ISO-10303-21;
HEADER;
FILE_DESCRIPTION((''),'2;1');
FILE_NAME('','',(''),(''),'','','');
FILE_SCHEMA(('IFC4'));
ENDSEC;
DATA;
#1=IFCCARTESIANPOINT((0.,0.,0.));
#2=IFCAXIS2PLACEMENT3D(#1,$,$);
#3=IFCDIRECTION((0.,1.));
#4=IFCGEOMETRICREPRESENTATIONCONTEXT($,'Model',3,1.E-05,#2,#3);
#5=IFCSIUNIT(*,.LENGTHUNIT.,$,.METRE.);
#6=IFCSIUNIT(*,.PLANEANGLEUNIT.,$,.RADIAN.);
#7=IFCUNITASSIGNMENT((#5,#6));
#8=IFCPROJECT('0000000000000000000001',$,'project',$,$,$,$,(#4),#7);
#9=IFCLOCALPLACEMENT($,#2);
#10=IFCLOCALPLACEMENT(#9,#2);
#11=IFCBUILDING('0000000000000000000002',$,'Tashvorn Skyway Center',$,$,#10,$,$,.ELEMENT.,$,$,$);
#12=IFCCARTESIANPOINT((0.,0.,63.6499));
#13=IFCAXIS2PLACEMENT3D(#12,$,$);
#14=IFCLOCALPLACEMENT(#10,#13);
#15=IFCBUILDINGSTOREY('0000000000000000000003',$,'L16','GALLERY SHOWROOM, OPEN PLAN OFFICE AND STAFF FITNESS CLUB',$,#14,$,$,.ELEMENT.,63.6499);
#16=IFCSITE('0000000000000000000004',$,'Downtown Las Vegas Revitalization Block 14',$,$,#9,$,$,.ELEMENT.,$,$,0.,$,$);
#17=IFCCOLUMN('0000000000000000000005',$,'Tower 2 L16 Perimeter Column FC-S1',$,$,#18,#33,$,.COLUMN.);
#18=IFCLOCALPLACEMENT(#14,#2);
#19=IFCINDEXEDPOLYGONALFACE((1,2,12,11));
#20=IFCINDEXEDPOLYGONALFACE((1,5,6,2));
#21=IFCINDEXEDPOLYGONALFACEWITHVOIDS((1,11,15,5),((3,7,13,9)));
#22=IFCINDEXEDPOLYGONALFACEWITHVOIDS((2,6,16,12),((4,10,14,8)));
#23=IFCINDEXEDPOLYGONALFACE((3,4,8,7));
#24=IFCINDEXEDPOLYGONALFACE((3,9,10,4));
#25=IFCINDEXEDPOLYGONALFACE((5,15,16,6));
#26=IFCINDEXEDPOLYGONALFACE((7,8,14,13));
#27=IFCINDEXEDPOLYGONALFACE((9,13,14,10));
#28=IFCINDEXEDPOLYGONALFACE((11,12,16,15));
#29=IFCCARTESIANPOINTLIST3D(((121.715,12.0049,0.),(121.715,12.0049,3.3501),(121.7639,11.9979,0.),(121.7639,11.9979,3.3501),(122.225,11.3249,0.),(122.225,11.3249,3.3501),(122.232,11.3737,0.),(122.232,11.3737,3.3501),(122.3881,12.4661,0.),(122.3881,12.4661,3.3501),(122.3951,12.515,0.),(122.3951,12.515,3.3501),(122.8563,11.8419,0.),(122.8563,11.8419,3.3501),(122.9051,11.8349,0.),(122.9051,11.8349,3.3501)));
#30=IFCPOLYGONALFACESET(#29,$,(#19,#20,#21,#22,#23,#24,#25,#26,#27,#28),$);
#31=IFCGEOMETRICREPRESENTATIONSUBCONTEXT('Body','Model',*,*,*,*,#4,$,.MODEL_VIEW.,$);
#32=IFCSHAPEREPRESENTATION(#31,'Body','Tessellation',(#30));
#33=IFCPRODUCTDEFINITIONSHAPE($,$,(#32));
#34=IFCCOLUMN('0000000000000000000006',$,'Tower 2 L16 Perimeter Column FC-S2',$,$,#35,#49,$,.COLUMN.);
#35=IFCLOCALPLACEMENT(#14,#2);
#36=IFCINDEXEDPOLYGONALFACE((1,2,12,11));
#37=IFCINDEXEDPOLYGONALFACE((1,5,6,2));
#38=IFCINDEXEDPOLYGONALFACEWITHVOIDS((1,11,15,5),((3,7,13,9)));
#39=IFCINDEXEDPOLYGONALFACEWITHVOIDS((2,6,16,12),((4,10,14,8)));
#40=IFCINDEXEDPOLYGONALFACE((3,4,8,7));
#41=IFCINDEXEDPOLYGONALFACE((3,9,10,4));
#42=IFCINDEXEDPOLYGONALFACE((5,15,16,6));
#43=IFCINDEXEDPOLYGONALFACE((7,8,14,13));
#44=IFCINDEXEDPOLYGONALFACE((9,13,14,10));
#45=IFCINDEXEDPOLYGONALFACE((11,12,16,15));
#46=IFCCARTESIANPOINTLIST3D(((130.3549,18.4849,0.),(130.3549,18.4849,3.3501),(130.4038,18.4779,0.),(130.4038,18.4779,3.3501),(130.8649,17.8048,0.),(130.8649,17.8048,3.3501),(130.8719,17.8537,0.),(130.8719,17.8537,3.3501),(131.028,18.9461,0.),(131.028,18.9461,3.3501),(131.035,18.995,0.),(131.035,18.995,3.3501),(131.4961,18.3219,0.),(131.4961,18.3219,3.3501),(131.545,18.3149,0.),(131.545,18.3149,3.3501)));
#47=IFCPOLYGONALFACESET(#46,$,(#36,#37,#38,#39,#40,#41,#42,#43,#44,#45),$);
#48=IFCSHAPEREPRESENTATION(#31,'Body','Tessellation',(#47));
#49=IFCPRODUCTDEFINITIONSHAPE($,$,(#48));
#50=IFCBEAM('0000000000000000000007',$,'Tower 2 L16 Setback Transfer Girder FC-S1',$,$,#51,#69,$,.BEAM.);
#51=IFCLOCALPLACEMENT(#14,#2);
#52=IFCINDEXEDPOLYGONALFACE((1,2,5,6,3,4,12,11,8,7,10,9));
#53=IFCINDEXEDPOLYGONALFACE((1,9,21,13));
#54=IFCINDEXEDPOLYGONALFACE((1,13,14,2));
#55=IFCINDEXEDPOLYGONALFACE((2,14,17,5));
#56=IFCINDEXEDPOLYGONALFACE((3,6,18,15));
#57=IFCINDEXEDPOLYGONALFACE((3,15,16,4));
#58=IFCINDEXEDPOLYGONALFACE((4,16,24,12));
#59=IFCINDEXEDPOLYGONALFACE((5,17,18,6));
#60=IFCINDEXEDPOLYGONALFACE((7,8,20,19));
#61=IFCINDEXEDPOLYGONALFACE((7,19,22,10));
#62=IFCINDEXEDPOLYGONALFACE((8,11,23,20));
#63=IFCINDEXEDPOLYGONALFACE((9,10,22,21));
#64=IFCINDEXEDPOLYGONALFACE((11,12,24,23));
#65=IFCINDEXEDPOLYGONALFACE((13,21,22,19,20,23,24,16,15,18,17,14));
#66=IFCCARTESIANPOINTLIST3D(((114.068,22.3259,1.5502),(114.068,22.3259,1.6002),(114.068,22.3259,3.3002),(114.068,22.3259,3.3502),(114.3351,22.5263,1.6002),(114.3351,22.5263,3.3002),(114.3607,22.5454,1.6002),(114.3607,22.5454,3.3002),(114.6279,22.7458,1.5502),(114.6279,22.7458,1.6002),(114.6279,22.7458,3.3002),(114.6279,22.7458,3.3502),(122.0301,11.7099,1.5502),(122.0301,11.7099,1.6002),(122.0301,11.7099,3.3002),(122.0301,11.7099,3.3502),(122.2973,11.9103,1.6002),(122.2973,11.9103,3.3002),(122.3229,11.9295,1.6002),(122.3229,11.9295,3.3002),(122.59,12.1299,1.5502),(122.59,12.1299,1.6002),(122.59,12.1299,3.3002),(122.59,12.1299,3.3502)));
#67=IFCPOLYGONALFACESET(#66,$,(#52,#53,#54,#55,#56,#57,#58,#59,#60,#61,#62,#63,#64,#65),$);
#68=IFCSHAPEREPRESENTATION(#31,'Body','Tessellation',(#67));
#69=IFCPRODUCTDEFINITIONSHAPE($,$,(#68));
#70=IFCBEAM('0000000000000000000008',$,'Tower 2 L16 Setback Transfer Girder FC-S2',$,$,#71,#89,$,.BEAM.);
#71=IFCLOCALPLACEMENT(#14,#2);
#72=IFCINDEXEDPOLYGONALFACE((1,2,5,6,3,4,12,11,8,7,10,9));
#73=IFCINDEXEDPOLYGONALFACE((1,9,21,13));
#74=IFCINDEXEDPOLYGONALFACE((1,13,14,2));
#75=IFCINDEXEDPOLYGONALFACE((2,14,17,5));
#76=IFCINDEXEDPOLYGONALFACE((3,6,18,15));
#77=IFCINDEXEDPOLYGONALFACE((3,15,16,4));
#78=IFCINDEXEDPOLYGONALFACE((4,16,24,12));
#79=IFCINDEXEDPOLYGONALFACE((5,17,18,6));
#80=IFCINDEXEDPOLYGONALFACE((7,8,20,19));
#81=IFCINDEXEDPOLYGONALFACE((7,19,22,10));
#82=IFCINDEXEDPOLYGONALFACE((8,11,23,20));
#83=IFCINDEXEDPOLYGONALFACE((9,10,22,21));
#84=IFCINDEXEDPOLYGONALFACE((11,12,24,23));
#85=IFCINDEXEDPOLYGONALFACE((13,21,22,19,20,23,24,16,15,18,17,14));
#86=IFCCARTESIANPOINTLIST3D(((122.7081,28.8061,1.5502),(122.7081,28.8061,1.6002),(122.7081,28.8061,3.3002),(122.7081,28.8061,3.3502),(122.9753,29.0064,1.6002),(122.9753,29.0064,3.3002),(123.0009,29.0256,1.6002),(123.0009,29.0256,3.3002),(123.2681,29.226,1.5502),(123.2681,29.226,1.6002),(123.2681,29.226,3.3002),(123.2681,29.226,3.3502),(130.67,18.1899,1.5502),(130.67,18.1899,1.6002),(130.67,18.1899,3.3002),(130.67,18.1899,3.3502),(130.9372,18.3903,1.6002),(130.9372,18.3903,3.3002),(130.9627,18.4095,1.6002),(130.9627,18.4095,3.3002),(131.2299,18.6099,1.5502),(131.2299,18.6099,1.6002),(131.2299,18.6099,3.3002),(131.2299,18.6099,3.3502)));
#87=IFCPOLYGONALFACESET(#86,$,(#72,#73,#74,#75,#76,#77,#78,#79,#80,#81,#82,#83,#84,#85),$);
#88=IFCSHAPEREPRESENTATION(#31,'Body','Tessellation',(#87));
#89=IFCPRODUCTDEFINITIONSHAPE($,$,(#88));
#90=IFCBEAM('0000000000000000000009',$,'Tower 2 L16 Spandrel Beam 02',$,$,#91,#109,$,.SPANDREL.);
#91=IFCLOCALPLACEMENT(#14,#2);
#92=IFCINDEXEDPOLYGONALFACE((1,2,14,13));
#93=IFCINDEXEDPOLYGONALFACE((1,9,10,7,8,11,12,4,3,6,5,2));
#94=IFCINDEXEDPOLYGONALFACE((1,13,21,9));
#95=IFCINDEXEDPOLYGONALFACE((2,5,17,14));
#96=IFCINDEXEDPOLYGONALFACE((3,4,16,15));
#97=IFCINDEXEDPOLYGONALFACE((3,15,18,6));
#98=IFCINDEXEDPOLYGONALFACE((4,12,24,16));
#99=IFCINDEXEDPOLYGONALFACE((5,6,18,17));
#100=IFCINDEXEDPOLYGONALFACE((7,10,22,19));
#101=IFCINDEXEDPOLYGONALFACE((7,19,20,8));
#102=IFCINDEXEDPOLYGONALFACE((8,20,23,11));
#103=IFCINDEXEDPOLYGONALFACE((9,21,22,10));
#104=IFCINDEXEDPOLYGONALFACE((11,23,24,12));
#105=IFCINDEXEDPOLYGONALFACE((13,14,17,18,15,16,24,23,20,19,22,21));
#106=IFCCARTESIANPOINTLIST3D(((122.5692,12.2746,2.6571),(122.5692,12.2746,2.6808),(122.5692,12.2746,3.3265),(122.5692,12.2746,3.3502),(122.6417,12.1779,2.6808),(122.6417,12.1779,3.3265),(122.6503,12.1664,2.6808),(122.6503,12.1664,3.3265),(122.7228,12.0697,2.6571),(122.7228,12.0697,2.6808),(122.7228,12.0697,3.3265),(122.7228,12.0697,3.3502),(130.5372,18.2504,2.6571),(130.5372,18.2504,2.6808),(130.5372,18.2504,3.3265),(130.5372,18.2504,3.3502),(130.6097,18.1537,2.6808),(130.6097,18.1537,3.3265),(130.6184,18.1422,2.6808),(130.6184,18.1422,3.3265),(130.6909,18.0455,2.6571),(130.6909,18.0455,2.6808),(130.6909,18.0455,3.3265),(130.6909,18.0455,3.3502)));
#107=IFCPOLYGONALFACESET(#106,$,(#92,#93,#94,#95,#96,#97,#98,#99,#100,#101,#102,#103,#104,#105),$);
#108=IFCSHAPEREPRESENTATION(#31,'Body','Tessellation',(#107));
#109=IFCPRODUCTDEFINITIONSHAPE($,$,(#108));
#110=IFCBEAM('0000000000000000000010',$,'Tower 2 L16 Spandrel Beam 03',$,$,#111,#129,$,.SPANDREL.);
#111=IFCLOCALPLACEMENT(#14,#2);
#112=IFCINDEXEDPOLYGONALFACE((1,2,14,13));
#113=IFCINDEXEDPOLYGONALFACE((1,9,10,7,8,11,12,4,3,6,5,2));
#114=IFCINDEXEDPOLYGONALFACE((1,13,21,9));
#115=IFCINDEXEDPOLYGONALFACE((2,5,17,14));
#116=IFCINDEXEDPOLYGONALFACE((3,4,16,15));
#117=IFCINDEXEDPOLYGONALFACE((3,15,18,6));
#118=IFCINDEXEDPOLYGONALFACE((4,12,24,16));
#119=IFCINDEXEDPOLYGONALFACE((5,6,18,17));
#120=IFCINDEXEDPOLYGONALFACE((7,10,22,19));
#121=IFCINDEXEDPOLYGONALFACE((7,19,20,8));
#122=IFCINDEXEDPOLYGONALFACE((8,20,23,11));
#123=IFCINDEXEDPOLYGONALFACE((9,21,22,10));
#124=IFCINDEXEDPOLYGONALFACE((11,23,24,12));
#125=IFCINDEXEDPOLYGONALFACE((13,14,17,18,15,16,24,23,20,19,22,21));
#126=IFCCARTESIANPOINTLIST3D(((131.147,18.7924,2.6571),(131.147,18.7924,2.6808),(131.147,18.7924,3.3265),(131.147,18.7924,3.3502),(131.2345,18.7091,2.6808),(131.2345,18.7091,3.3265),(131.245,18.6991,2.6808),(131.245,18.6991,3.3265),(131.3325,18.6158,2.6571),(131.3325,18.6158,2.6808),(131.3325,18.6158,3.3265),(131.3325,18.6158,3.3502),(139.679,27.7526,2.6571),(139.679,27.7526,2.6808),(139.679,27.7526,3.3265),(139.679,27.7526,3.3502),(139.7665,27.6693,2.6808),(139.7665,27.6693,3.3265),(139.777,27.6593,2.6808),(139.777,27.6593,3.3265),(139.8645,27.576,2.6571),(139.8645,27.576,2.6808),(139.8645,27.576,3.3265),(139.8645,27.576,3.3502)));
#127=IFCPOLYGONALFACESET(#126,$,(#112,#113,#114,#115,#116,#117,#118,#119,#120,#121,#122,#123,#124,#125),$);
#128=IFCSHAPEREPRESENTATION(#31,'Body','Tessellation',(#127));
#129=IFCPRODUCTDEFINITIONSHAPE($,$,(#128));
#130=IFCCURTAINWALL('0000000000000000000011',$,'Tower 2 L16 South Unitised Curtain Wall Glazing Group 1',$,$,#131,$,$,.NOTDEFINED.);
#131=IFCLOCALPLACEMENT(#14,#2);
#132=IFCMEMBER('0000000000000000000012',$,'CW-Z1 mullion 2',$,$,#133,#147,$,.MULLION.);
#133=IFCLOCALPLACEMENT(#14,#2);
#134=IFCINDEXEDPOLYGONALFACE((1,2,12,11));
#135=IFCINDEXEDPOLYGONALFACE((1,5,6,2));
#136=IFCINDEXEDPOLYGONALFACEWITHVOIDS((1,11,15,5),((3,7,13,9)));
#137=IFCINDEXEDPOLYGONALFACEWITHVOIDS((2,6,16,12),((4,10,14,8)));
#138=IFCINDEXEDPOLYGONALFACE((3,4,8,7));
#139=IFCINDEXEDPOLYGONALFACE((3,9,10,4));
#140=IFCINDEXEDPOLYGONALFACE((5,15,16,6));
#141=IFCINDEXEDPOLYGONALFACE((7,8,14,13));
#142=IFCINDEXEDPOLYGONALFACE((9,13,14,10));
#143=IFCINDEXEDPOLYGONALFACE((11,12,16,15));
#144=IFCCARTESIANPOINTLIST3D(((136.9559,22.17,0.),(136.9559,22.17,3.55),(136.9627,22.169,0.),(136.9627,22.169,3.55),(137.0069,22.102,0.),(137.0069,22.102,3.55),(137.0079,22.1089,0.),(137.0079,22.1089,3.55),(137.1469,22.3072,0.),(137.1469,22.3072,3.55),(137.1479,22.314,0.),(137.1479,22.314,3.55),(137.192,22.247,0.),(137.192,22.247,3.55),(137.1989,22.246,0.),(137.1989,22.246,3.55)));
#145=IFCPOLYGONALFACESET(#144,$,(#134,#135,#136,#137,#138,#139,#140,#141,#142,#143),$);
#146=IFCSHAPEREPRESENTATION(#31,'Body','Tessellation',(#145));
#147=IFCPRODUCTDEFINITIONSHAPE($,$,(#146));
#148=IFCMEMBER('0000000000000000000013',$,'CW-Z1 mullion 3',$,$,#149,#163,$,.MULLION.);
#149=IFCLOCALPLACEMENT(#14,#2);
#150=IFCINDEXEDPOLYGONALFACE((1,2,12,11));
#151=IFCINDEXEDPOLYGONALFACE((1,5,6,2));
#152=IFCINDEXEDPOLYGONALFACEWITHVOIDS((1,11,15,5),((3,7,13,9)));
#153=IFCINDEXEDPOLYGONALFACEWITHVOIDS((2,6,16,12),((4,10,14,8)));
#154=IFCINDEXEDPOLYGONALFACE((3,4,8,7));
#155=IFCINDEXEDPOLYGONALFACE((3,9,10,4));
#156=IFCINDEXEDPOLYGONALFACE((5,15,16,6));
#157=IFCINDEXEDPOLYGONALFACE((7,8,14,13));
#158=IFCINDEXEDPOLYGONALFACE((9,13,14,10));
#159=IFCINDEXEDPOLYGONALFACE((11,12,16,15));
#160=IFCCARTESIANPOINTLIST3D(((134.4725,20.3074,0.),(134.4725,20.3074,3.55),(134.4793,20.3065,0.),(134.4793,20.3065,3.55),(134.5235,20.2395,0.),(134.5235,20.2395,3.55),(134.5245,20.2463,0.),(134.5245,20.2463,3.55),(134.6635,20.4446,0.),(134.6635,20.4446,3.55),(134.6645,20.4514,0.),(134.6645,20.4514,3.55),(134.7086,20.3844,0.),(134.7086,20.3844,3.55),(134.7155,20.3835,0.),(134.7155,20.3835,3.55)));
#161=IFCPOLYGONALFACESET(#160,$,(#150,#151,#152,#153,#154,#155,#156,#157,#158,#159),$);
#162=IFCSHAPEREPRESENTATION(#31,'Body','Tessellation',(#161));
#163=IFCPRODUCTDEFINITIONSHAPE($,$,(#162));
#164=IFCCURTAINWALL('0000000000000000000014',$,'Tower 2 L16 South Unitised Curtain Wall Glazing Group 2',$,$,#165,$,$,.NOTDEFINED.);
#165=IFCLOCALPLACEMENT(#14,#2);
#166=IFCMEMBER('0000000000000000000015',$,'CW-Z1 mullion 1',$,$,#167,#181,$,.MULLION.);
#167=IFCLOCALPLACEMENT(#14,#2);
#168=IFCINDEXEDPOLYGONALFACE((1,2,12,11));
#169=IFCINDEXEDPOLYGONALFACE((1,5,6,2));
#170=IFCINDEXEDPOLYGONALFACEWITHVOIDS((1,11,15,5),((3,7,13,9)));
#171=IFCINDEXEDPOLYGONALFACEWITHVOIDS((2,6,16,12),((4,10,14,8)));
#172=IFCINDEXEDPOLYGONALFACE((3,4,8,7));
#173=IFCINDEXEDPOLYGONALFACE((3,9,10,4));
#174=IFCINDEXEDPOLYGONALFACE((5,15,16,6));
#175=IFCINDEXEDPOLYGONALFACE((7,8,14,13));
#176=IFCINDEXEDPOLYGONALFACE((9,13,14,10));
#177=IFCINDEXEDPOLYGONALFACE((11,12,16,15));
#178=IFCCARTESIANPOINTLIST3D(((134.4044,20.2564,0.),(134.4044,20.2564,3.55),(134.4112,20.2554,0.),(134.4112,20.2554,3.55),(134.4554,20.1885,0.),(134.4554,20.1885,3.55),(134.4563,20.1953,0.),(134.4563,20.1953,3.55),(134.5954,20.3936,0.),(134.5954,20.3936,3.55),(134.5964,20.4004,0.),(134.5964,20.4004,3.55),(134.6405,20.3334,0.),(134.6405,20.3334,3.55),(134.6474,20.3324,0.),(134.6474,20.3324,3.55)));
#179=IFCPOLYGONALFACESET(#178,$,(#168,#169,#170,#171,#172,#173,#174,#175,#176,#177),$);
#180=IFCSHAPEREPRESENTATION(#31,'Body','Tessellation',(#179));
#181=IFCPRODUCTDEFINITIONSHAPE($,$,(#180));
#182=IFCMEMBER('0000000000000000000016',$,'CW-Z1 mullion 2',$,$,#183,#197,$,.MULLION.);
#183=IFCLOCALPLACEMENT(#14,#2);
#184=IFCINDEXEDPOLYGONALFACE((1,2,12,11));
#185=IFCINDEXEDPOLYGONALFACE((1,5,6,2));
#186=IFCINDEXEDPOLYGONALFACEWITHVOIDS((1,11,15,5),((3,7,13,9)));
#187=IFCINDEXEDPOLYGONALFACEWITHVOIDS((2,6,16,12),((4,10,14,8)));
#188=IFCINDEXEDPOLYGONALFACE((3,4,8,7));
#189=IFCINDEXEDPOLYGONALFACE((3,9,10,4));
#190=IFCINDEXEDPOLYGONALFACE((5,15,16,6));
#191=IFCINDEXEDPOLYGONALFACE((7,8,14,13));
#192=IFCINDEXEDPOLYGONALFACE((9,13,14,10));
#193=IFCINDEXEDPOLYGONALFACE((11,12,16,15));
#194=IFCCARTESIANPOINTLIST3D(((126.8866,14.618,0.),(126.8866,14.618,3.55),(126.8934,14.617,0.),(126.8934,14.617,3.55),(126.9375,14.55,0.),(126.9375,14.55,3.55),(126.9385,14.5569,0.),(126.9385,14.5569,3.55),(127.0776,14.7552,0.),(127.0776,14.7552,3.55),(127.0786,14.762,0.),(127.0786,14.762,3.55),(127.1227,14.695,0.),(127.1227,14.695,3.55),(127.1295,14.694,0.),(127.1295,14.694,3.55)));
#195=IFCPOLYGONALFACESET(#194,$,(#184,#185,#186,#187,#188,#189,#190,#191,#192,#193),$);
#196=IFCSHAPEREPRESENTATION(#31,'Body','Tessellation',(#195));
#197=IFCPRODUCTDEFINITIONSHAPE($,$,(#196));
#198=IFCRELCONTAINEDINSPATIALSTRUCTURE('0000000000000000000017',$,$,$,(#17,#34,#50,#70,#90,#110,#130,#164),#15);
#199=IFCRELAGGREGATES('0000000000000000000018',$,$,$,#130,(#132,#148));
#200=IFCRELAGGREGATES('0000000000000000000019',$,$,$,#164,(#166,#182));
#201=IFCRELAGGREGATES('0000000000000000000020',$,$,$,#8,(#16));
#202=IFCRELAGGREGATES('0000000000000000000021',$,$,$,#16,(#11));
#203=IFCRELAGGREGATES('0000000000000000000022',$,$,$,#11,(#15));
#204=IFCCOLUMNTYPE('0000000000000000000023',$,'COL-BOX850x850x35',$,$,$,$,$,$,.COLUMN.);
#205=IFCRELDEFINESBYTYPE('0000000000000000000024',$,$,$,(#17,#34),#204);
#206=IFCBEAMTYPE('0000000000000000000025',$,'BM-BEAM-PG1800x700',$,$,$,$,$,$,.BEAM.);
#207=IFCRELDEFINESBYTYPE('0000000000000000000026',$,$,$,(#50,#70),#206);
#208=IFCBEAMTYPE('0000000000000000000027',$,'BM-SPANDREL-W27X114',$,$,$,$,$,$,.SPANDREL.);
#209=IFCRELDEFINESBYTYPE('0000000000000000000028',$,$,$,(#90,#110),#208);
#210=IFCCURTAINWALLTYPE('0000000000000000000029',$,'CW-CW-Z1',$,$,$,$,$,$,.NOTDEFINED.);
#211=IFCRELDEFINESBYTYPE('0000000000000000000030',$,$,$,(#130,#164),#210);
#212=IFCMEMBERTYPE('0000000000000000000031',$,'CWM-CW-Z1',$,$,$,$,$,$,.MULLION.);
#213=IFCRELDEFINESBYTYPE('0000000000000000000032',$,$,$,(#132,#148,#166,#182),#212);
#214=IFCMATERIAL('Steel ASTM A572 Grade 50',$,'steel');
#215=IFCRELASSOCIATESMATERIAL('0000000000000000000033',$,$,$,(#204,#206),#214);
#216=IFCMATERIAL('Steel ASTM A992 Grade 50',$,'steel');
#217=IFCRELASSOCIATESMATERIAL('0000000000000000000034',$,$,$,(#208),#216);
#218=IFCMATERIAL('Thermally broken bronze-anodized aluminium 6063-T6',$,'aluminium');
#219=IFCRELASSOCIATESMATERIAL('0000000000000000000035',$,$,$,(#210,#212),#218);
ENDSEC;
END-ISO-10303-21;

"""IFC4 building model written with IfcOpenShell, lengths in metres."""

from ifc_helpers import new_model, si_unit, direction, frame, origin, origin_2d, place, context, subcontext, project, spatial, hollow_rectangle, i_section, extrude, material, material_profile, profile_set, type_object, element, aggregate, save


model = new_model("IFC4")

# Units and contexts
model_context = context("Model", 3, precision=1e-05, world=origin(), true_north=direction((0.0, 1.0)))
body_context = subcontext(model_context, "Body", "Model", "MODEL_VIEW")
ifc_project = project(units=[si_unit("LENGTHUNIT", "METRE"), si_unit("PLANEANGLEUNIT", "RADIAN")], contexts=[model_context])

# Site, building, storey
site_placement = place(None, origin())
site = spatial("IfcSite", under=ifc_project, at=site_placement, Name="Downtown Las Vegas Revitalization Block 14", CompositionType="ELEMENT", RefElevation=0.0)
building_placement = place(site_placement, origin())
building = spatial("IfcBuilding", under=site, at=building_placement, Name="Tashvorn Skyway Center", CompositionType="ELEMENT")
storey_placement = place(building_placement, frame((0.0, 0.0, 63.6499)))
storey = spatial("IfcBuildingStorey", under=building, at=storey_placement, Name="L16", Description="GALLERY SHOWROOM, OPEN PLAN OFFICE AND STAFF FITNESS CLUB", CompositionType="ELEMENT", Elevation=63.6499)

# Columns
ifc_material_1 = material(Name="Steel ASTM A572 Grade 50", Category="steel")
ifc_material_profile_1 = material_profile(ifc_material_1, hollow_rectangle(XDim=0.8501, YDim=0.8501, WallThickness=0.0349, at=origin_2d()), Name="BOX850x850x35")
ifc_profile_set_1 = profile_set([ifc_material_profile_1], Name="Steel ASTM A572 Grade 50")
column_type = type_object("IfcColumnType", Name="COL-BOX850x850x35", PredefinedType="COLUMN", material=ifc_profile_set_1)
for number, where, z_axis, x_axis, name in (
    (1, (122.3101, 11.9199, 0.0), (0.0, 0.0, 1.0), (0.8, 0.6, 0.0), "Tower 2 L16 Perimeter Column FC-S1"),
    (2, (130.95, 18.3999, 0.0), (0.0, 0.0, 1.0), (0.8, 0.6, 0.0), "Tower 2 L16 Perimeter Column FC-S2"),
):
    element("IfcColumn", number, at=place(storey_placement, frame(where, z_axis=z_axis, x_axis=x_axis)), inside=storey, type_object=column_type, Name=name, PredefinedType="COLUMN", context=body_context, shape_type="SweptSolid", body=[
        extrude(hollow_rectangle(XDim=0.8501, YDim=0.8501, WallThickness=0.0349, at=origin_2d()), origin(), (0.0, 0.0, 1.0), 3.3501),
    ])

# Beams
ifc_material_profile_2 = material_profile(ifc_material_1, i_section(OverallWidth=0.7, OverallDepth=1.8, WebThickness=0.032, FlangeThickness=0.05, at=origin_2d()), Name="PG1800x700")
ifc_profile_set_2 = profile_set([ifc_material_profile_2], Name="Steel ASTM A572 Grade 50")
beam_type_1 = type_object("IfcBeamType", Name="BM-BEAM-PG1800x700", PredefinedType="BEAM", material=ifc_profile_set_2)
for number, where, z_axis, x_axis, name in (
    (3, (122.3101, 11.9199, 2.4502), (-0.600009, 0.799993, 0.0), (-0.799993, -0.600009, 0.0), "Tower 2 L16 Setback Transfer Girder FC-S1"),
    (4, (130.95, 18.3999, 2.4502), (-0.599988, 0.800009, 0.0), (-0.800009, -0.599988, 0.0), "Tower 2 L16 Setback Transfer Girder FC-S2"),
):
    element("IfcBeam", number, at=place(storey_placement, frame(where, z_axis=z_axis, x_axis=x_axis)), inside=storey, type_object=beam_type_1, Name=name, PredefinedType="BEAM", context=body_context, shape_type="SweptSolid", body=[
        extrude(i_section(OverallWidth=0.7, OverallDepth=1.8, WebThickness=0.032, FlangeThickness=0.05, at=origin_2d()), origin(), (0.0, 0.0, 1.0), 13.27),
    ])
ifc_material_2 = material(Name="Steel ASTM A992 Grade 50", Category="steel")
ifc_material_profile_3 = material_profile(ifc_material_2, i_section(OverallWidth=0.2561, OverallDepth=0.6931, WebThickness=0.0144, FlangeThickness=0.0237, at=origin_2d()), Name="W27X114")
ifc_profile_set_3 = profile_set([ifc_material_profile_3], Name="Steel ASTM A992 Grade 50")
beam_type_2 = type_object("IfcBeamType", Name="BM-SPANDREL-W27X114", PredefinedType="SPANDREL", material=ifc_profile_set_3)
beam_1_placement = place(storey_placement, frame((122.646, 12.1721, 3.0037), z_axis=(0.800009, 0.599988, 0.0), x_axis=(-0.599988, 0.800009, 0.0)))
element("IfcBeam", 5, at=beam_1_placement, inside=storey, type_object=beam_type_2, Name="Tower 2 L16 Spandrel Beam 02", PredefinedType="SPANDREL", context=body_context, shape_type="SweptSolid", body=[
    extrude(i_section(OverallWidth=0.2561, OverallDepth=0.6931, WebThickness=0.0144, FlangeThickness=0.0237, at=origin_2d()), origin(), (0.0, 0.0, 1.0), 9.96),
])
beam_2_placement = place(storey_placement, frame((131.2397, 18.7041, 3.0037), z_axis=(0.68959, 0.7242, 0.0), x_axis=(-0.7242, 0.68959, 0.0)))
element("IfcBeam", 6, at=beam_2_placement, inside=storey, type_object=beam_type_2, Name="Tower 2 L16 Spandrel Beam 03", PredefinedType="SPANDREL", context=body_context, shape_type="SweptSolid", body=[
    extrude(i_section(OverallWidth=0.2561, OverallDepth=0.6931, WebThickness=0.0144, FlangeThickness=0.0237, at=origin_2d()), origin(), (0.0, 0.0, 1.0), 12.3726),
])

# Curtain walls, members
ifc_material_3 = material(Name="Thermally broken bronze-anodized aluminium 6063-T6", Category="aluminium")
curtain_wall_type = type_object("IfcCurtainWallType", Name="CW-CW-Z1", PredefinedType="NOTDEFINED", material=ifc_material_3)
curtain_wall_1_placement = place(storey_placement, origin())
curtain_wall_1 = element("IfcCurtainWall", 7, at=curtain_wall_1_placement, inside=storey, type_object=curtain_wall_type, Name="Tower 2 L16 South Unitised Curtain Wall Glazing Group 1", PredefinedType="NOTDEFINED")
ifc_material_profile_4 = material_profile(ifc_material_3, hollow_rectangle(XDim=0.085, YDim=0.24, WallThickness=0.0049, at=origin_2d()), Name="ALU-MULL-85x240")
ifc_profile_set_4 = profile_set([ifc_material_profile_4], Name="Thermally broken bronze-anodized aluminium 6063-T6")
member_type_1 = type_object("IfcMemberType", Name="CWM-CW-Z1", PredefinedType="MULLION", material=ifc_profile_set_4)
member_1_placement = place(storey_placement, frame((137.0774, 22.208, 0.0), z_axis=(0.0, 0.0, 1.0), x_axis=(0.599997, -0.800002, 0.0)))
member_1 = element("IfcMember", 8, at=member_1_placement, type_object=member_type_1, Name="CW-Z1 mullion 2", PredefinedType="MULLION", context=body_context, shape_type="SweptSolid", body=[
    extrude(hollow_rectangle(XDim=0.085, YDim=0.24, WallThickness=0.0049, at=origin_2d()), origin(), (0.0, 0.0, 1.0), 3.55),
])
member_2_placement = place(storey_placement, frame((134.594, 20.3455, 0.0), z_axis=(0.0, 0.0, 1.0), x_axis=(0.599997, -0.800002, 0.0)))
member_2 = element("IfcMember", 9, at=member_2_placement, type_object=member_type_1, Name="CW-Z1 mullion 3", PredefinedType="MULLION", context=body_context, shape_type="SweptSolid", body=[
    extrude(hollow_rectangle(XDim=0.085, YDim=0.24, WallThickness=0.0049, at=origin_2d()), origin(), (0.0, 0.0, 1.0), 3.55),
])
curtain_wall_2_placement = place(storey_placement, origin())
curtain_wall_2 = element("IfcCurtainWall", 10, at=curtain_wall_2_placement, inside=storey, type_object=curtain_wall_type, Name="Tower 2 L16 South Unitised Curtain Wall Glazing Group 2", PredefinedType="NOTDEFINED")
member_3_placement = place(storey_placement, frame((134.5259, 20.2944, 0.0), z_axis=(0.0, 0.0, 1.0), x_axis=(0.6, -0.8, 0.0)))
member_3 = element("IfcMember", 11, at=member_3_placement, type_object=member_type_1, Name="CW-Z1 mullion 1", PredefinedType="MULLION", context=body_context, shape_type="SweptSolid", body=[
    extrude(hollow_rectangle(XDim=0.085, YDim=0.24, WallThickness=0.0049, at=origin_2d()), origin(), (0.0, 0.0, 1.0), 3.55),
])
member_4_placement = place(storey_placement, frame((127.0081, 14.656, 0.0), z_axis=(0.0, 0.0, 1.0), x_axis=(0.6, -0.8, 0.0)))
member_4 = element("IfcMember", 12, at=member_4_placement, type_object=member_type_1, Name="CW-Z1 mullion 2", PredefinedType="MULLION", context=body_context, shape_type="SweptSolid", body=[
    extrude(hollow_rectangle(XDim=0.085, YDim=0.24, WallThickness=0.0049, at=origin_2d()), origin(), (0.0, 0.0, 1.0), 3.55),
])

aggregate(curtain_wall_1, [member_1, member_2])
aggregate(curtain_wall_2, [member_3, member_4])

save(model, "model.ifc")
